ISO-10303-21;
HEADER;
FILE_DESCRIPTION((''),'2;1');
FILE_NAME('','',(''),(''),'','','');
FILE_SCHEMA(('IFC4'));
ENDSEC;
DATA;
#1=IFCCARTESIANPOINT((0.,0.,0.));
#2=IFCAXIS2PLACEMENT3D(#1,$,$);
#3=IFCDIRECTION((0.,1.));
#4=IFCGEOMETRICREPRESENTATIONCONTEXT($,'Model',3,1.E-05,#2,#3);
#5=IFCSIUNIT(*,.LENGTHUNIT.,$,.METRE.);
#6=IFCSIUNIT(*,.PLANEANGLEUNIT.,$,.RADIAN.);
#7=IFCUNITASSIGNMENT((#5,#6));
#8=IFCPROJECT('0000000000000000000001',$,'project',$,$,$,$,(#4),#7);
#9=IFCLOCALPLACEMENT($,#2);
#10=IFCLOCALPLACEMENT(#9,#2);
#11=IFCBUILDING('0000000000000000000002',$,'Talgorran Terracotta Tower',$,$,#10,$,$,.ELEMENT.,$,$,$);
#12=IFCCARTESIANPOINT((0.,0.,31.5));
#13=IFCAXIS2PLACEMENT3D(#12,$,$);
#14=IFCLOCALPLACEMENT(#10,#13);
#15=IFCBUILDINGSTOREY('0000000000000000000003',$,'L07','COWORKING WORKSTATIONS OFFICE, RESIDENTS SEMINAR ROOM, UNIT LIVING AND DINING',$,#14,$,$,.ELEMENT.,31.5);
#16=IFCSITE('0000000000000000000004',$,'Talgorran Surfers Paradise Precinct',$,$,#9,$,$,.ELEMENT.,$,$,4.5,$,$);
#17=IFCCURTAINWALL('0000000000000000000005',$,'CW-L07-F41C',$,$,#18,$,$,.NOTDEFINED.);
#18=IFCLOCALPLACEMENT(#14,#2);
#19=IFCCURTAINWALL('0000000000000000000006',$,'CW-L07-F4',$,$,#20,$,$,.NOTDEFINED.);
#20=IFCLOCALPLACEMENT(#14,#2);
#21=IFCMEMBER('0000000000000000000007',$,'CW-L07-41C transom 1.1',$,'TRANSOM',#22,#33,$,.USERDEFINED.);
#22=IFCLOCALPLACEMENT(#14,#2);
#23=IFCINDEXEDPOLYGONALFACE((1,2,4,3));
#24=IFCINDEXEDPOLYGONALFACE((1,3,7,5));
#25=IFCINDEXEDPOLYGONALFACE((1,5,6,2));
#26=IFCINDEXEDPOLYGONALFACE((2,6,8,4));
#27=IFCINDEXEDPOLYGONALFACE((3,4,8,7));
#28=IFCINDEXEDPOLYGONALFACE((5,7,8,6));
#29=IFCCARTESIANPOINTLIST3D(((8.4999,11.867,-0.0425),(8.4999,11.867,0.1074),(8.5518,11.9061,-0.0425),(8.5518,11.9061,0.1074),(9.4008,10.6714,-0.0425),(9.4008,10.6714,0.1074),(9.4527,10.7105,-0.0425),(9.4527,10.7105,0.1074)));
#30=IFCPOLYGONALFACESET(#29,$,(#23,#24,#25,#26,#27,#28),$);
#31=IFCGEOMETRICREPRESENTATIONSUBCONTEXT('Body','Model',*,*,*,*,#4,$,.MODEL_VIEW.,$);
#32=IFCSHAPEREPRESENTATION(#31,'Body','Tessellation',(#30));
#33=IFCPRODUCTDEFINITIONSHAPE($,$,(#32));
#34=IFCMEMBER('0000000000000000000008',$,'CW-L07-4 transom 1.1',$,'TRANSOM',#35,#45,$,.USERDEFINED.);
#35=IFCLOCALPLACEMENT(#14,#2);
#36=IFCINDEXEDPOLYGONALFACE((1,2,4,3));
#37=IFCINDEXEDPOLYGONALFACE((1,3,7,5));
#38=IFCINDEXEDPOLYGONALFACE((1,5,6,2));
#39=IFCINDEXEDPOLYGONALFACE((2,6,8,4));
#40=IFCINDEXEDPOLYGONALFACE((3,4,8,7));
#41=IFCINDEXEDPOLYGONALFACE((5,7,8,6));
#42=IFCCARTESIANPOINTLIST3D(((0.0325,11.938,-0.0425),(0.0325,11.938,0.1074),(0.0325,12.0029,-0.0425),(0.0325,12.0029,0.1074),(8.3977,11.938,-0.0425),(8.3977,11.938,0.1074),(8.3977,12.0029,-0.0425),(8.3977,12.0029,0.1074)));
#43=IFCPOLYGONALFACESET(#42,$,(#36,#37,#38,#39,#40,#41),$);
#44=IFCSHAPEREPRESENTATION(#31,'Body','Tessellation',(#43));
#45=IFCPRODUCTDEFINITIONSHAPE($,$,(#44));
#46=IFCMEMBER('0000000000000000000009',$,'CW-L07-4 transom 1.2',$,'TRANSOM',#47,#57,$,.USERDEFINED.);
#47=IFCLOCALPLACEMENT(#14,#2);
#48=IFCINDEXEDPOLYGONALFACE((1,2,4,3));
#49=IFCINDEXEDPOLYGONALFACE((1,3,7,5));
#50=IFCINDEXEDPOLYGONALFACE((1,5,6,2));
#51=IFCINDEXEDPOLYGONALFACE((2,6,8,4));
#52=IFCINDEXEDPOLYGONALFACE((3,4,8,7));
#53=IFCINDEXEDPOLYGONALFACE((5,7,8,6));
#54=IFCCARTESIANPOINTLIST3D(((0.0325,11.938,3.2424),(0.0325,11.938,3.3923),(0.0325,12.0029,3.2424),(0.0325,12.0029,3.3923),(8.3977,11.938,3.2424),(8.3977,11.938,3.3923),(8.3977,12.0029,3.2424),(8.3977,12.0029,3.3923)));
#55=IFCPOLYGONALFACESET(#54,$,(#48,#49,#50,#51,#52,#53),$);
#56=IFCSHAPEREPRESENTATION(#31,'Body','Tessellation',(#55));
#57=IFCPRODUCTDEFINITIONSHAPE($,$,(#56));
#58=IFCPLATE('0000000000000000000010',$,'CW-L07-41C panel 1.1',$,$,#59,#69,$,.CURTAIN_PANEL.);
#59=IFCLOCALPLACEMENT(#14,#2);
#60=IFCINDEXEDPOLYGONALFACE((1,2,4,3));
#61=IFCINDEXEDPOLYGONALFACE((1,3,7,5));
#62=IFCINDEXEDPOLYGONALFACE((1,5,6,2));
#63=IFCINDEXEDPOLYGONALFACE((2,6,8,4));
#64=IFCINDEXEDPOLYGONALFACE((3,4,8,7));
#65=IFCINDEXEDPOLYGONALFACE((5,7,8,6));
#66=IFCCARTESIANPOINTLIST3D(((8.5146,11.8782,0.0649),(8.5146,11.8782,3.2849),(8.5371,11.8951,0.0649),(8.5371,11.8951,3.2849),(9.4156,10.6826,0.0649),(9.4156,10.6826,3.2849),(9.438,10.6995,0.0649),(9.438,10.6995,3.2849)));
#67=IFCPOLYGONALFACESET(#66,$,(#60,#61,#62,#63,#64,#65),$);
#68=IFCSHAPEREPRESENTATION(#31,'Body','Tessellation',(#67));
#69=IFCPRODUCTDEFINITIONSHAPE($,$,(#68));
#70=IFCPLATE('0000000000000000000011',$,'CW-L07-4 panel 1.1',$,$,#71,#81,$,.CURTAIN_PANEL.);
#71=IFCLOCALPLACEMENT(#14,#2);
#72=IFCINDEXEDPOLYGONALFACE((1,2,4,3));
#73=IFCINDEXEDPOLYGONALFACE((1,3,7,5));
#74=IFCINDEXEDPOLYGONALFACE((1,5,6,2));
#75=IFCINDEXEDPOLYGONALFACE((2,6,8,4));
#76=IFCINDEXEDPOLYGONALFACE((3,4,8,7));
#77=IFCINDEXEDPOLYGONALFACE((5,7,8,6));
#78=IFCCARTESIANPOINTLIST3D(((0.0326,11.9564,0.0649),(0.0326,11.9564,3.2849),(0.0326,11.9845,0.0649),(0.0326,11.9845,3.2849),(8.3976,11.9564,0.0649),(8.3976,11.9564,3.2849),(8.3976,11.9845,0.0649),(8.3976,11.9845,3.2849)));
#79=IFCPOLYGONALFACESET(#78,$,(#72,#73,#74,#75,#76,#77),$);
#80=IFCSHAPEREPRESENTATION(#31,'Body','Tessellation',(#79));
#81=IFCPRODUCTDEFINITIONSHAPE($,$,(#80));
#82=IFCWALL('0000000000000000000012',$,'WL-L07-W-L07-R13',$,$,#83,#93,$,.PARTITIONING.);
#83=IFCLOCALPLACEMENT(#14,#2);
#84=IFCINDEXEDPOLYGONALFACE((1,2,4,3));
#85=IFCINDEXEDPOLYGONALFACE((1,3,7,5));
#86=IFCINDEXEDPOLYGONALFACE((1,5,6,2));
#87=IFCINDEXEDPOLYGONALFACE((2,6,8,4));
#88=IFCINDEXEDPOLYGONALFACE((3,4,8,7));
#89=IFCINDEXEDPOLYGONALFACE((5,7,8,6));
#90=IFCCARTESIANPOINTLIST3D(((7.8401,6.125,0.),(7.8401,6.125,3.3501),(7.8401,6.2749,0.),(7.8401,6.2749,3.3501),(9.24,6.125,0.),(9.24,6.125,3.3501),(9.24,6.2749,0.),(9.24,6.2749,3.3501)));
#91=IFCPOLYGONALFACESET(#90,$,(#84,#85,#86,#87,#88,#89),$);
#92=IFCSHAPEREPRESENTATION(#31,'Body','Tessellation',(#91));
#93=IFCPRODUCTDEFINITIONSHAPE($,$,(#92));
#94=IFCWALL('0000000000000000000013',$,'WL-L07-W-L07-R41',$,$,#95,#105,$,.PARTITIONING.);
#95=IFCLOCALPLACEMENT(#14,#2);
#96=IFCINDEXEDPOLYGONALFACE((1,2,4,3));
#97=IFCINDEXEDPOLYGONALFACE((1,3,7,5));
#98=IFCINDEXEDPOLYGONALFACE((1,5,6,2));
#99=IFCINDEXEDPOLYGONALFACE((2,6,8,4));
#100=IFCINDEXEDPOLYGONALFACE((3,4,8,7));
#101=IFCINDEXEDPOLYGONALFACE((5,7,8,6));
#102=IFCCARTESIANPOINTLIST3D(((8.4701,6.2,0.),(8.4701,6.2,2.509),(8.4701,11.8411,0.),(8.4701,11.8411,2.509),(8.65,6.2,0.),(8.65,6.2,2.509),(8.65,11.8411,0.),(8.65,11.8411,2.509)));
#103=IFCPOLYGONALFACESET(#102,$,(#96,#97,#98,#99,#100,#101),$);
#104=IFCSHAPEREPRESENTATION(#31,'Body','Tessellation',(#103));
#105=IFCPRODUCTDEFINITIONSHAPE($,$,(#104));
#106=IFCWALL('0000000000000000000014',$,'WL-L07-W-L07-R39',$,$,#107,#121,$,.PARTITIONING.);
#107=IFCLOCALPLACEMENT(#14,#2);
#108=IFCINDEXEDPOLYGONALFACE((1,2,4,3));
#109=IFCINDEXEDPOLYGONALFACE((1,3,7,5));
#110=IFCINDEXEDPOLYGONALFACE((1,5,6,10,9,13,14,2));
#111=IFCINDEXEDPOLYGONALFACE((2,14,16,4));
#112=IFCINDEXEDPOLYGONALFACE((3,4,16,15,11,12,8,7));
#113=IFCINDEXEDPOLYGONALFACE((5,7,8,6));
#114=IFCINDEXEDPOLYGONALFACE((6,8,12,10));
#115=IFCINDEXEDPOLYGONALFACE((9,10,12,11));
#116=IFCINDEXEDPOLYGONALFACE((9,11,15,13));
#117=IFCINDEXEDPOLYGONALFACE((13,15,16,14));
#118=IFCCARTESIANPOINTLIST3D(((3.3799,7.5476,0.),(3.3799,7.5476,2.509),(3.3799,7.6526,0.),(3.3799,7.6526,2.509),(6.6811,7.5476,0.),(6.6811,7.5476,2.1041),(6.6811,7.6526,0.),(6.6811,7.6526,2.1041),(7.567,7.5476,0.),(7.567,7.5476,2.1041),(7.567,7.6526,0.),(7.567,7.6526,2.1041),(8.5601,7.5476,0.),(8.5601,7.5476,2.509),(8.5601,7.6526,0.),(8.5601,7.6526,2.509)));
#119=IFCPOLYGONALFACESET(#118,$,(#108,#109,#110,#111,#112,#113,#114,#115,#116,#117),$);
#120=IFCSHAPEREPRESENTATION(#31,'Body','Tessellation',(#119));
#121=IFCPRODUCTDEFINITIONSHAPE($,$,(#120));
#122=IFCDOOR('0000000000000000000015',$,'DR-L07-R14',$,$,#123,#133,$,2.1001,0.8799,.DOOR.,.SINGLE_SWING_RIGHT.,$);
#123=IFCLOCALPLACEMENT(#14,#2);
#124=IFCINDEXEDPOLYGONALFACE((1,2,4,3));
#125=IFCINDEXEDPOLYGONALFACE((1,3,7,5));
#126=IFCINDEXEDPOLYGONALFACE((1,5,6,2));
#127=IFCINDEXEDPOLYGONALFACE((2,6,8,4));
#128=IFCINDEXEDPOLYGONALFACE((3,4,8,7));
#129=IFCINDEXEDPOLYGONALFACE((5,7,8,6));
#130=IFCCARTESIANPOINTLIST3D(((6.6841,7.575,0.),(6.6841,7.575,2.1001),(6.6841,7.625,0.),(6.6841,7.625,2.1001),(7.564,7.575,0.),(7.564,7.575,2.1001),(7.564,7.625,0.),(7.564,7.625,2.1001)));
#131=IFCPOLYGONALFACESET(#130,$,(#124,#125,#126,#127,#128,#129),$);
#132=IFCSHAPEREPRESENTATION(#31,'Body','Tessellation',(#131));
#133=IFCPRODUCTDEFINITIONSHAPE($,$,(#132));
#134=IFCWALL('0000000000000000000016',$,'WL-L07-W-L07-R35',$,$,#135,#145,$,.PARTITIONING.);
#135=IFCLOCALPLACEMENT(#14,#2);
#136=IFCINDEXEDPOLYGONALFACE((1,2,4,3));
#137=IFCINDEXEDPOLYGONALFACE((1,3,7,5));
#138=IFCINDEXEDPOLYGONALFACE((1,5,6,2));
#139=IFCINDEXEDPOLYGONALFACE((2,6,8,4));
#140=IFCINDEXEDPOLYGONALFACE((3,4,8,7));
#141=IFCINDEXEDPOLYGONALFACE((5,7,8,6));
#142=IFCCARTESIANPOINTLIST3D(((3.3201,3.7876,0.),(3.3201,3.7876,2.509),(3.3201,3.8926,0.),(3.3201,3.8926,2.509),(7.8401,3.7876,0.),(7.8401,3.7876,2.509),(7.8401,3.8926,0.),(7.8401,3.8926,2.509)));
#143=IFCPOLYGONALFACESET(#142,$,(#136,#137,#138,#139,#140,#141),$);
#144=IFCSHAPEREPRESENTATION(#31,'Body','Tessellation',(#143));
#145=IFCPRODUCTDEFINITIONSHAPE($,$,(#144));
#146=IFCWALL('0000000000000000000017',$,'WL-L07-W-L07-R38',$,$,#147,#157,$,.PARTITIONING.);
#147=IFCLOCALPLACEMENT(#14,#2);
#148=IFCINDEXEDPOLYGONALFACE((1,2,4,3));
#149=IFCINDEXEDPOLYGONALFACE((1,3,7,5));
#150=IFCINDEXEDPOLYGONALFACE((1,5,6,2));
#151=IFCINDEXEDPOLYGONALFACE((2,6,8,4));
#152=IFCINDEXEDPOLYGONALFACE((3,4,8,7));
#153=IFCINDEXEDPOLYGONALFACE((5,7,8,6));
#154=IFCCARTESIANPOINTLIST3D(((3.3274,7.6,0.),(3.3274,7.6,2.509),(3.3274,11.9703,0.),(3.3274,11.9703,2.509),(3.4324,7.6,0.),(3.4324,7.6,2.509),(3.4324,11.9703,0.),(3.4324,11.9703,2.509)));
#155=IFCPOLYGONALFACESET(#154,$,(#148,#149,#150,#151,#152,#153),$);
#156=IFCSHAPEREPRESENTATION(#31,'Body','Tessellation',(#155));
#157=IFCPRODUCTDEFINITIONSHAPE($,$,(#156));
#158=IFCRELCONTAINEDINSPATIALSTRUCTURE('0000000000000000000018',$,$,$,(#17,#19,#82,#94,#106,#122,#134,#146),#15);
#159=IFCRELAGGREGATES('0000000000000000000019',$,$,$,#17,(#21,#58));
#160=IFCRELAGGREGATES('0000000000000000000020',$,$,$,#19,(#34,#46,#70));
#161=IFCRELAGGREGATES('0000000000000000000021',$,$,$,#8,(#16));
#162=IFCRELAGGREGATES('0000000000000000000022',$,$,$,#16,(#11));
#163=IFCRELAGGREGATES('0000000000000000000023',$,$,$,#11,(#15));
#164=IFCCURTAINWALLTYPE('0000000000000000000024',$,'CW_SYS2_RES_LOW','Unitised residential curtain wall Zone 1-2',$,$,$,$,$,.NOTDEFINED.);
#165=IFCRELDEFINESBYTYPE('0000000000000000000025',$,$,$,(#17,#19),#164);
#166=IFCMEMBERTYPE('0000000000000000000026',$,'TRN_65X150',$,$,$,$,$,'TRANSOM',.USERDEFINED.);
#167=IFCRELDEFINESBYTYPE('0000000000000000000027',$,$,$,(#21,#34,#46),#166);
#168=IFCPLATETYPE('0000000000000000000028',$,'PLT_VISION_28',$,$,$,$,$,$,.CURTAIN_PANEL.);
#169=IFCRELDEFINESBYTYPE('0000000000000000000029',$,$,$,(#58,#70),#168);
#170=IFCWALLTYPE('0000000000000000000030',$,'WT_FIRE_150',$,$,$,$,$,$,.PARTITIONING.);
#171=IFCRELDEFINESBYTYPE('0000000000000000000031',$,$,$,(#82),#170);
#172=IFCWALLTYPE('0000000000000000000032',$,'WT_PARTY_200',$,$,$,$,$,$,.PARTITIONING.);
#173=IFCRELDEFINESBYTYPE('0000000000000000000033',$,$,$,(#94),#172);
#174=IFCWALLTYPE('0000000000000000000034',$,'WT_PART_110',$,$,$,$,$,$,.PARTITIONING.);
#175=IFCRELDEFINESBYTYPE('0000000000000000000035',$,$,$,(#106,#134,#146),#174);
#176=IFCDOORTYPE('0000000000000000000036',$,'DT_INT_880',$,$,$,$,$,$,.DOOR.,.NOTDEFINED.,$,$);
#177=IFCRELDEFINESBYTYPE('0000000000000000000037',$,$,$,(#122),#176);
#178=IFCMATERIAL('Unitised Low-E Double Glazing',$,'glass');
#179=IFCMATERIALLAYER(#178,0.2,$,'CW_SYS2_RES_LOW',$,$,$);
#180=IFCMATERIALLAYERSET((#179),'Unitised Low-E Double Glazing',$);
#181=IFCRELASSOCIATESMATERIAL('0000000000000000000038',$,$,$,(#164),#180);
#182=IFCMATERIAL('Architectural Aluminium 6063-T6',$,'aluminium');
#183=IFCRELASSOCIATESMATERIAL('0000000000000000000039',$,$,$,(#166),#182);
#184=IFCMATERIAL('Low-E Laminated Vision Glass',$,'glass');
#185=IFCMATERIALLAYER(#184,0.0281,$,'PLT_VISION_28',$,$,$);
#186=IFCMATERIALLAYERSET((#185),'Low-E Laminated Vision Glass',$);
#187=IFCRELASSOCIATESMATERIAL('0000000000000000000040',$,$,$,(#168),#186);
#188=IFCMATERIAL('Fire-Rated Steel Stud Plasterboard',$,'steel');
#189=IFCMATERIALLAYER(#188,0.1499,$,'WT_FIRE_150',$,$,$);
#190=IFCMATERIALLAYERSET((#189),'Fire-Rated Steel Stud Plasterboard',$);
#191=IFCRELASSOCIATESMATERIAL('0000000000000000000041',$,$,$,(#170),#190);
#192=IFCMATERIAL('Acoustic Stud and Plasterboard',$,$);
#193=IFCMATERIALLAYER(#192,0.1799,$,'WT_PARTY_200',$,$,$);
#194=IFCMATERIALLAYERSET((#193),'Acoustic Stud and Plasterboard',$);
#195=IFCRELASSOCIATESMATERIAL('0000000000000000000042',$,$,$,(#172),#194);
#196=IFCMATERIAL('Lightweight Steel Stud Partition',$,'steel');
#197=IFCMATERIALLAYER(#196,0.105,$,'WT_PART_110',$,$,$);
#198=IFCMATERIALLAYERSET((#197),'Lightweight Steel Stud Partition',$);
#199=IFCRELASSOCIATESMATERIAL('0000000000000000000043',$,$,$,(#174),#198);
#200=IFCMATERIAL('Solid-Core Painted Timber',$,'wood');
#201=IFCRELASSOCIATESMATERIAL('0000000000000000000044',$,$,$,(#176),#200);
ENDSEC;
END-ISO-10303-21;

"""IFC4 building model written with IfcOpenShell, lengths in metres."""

from ifc_helpers import new_model, si_unit, direction, frame, frame_2d, origin, origin_2d, place, context, subcontext, project, spatial, rectangle, extrude, source, transform, mapped, material, layer, layer_set, material_profile, profile_set, type_object, type_shapes, element, fill, aggregate, save


model = new_model("IFC4")

# Units and contexts
model_context = context("Model", 3, precision=1e-05, world=origin(), true_north=direction((0.0, 1.0)))
body_context = subcontext(model_context, "Body", "Model", "MODEL_VIEW")
ifc_project = project(units=[si_unit("LENGTHUNIT", "METRE"), si_unit("PLANEANGLEUNIT", "RADIAN")], contexts=[model_context])

# Site, building, storey
site_placement = place(None, origin())
site = spatial("IfcSite", under=ifc_project, at=site_placement, Name="Talgorran Surfers Paradise Precinct", CompositionType="ELEMENT", RefElevation=4.5)
building_placement = place(site_placement, origin())
building = spatial("IfcBuilding", under=site, at=building_placement, Name="Talgorran Terracotta Tower", CompositionType="ELEMENT")
storey_placement = place(building_placement, frame((0.0, 0.0, 31.5)))
storey = spatial("IfcBuildingStorey", under=building, at=storey_placement, Name="L07", Description="COWORKING WORKSTATIONS OFFICE, RESIDENTS SEMINAR ROOM, UNIT LIVING AND DINING", CompositionType="ELEMENT", Elevation=31.5)

# Curtain wall
ifc_material_1 = material(Name="Unitised Low-E Double Glazing", Category="glass")
ifc_layer_1 = layer(ifc_material_1, 0.2, Name="CW_SYS2_RES_LOW")
ifc_layer_set_1 = layer_set([ifc_layer_1], Name="Unitised Low-E Double Glazing")
curtain_wall_type = type_object("IfcCurtainWallType", Name="CW_SYS2_RES_LOW", Description="Unitised residential curtain wall Zone 1-2", PredefinedType="NOTDEFINED", material=ifc_layer_set_1)
curtain_wall_1_placement = place(storey_placement, origin())
curtain_wall_1 = element("IfcCurtainWall", 1, at=curtain_wall_1_placement, inside=storey, type_object=curtain_wall_type, Name="CW-L07-F41C", PredefinedType="NOTDEFINED")
ifc_material_2 = material(Name="Architectural Aluminium 6063-T6", Category="aluminium")

# Curtain wall
curtain_wall_2_placement = place(storey_placement, origin())
curtain_wall_2 = element("IfcCurtainWall", 2, at=curtain_wall_2_placement, inside=storey, type_object=curtain_wall_type, Name="CW-L07-F4", PredefinedType="NOTDEFINED")

# Members
ifc_material_profile_1 = material_profile(ifc_material_2, rectangle(XDim=0.0649, YDim=0.1499, at=origin_2d()), Name="CWT65X150")
ifc_profile_set_1 = profile_set([ifc_material_profile_1], Name="Architectural Aluminium 6063-T6")
member_type_1 = type_object("IfcMemberType", Name="TRN_65X150", ElementType="TRANSOM", PredefinedType="USERDEFINED", material=ifc_profile_set_1)
member_1_placement = place(storey_placement, frame((9.4268, 10.6909, 0.0325), z_axis=(-0.601799, 0.798648, 0.0), x_axis=(-0.798648, -0.601799, 0.0)))
member_1 = element("IfcMember", 3, at=member_1_placement, type_object=member_type_1, Name="CW-L07-41C transom 1.1", ObjectType="TRANSOM", PredefinedType="USERDEFINED", context=body_context, shape_type="SweptSolid", body=[
    extrude(rectangle(XDim=0.0649, YDim=0.1499, at=origin_2d()), origin(), (0.0, 0.0, 1.0), 1.4971),
])
member_2_placement = place(storey_placement, frame((8.3977, 11.9705, 0.0325), z_axis=(-1.0, 0.0, 0.0), x_axis=(0.0, -1.0, 0.0)))
member_2 = element("IfcMember", 4, at=member_2_placement, type_object=member_type_1, Name="CW-L07-4 transom 1.1", ObjectType="TRANSOM", PredefinedType="USERDEFINED", context=body_context, shape_type="SweptSolid", body=[
    extrude(rectangle(XDim=0.0649, YDim=0.1499, at=origin_2d()), origin(), (0.0, 0.0, 1.0), 8.3652),
])
member_3_placement = place(storey_placement, frame((8.3977, 11.9705, 3.3174), z_axis=(-1.0, 0.0, 0.0), x_axis=(0.0, -1.0, 0.0)))
member_3 = element("IfcMember", 5, at=member_3_placement, type_object=member_type_1, Name="CW-L07-4 transom 1.2", ObjectType="TRANSOM", PredefinedType="USERDEFINED", context=body_context, shape_type="SweptSolid", body=[
    extrude(rectangle(XDim=0.0649, YDim=0.1499, at=origin_2d()), origin(), (0.0, 0.0, 1.0), 8.3652),
])

# Plates
ifc_material_3 = material(Name="Low-E Laminated Vision Glass", Category="glass")
ifc_layer_2 = layer(ifc_material_3, 0.0281, Name="PLT_VISION_28")
ifc_layer_set_2 = layer_set([ifc_layer_2], Name="Low-E Laminated Vision Glass")
plate_type = type_object("IfcPlateType", Name="PLT_VISION_28", PredefinedType="CURTAIN_PANEL", material=ifc_layer_set_2)
shared_shape_1 = source(origin(), body_context, "Body", "SweptSolid", [
    extrude(rectangle(XDim=1.4971, YDim=0.0281, at=origin_2d()), origin(), (0.0, 0.0, 1.0), 3.22),
])
plate_1_placement = place(storey_placement, frame((8.9763, 11.2888, 0.0649), z_axis=(0.0, 0.0, 1.0), x_axis=(-0.601798, 0.798648, 0.0)))
plate_1 = element("IfcPlate", 6, at=plate_1_placement, type_object=plate_type, Name="CW-L07-41C panel 1.1", PredefinedType="CURTAIN_PANEL", context=body_context, shape_type="MappedRepresentation", body=[
    mapped(shared_shape_1, transform((0.0, 0.0, 0.0), scale=1.0)),
])
aggregate(curtain_wall_1, [member_1, plate_1])
shared_shape_2 = source(origin(), body_context, "Body", "SweptSolid", [
    extrude(rectangle(XDim=8.365, YDim=0.0281, at=origin_2d()), origin(), (0.0, 0.0, 1.0), 3.22),
])
type_shapes(plate_type, [shared_shape_1, shared_shape_2])
plate_2_placement = place(storey_placement, frame((4.2151, 11.9705, 0.0649), z_axis=(0.0, 0.0, 1.0), x_axis=(-1.0, 0.0, 0.0)))
plate_2 = element("IfcPlate", 7, at=plate_2_placement, type_object=plate_type, Name="CW-L07-4 panel 1.1", PredefinedType="CURTAIN_PANEL", context=body_context, shape_type="MappedRepresentation", body=[
    mapped(shared_shape_2, transform((0.0, 0.0, 0.0), scale=1.0)),
])
aggregate(curtain_wall_2, [member_2, member_3, plate_2])

# Walls
ifc_material_4 = material(Name="Fire-Rated Steel Stud Plasterboard", Category="steel")
ifc_layer_3 = layer(ifc_material_4, 0.1499, Name="WT_FIRE_150")
ifc_layer_set_3 = layer_set([ifc_layer_3], Name="Fire-Rated Steel Stud Plasterboard")
wall_type_1 = type_object("IfcWallType", Name="WT_FIRE_150", PredefinedType="PARTITIONING", material=ifc_layer_set_3)
wall_1_placement = place(storey_placement, frame((7.8401, 6.2, 0.0), z_axis=(0.0, 0.0, 1.0), x_axis=(1.0, 0.0, 0.0)))
element("IfcWall", 8, at=wall_1_placement, inside=storey, type_object=wall_type_1, Name="WL-L07-W-L07-R13", PredefinedType="PARTITIONING", context=body_context, shape_type="SweptSolid", body=[
    extrude(rectangle(XDim=1.3999, YDim=0.1499, at=frame_2d((0.7, 0.0))), origin(), (0.0, 0.0, 1.0), 3.3501),
])
ifc_material_5 = material(Name="Acoustic Stud and Plasterboard")
ifc_layer_4 = layer(ifc_material_5, 0.1799, Name="WT_PARTY_200")
ifc_layer_set_4 = layer_set([ifc_layer_4], Name="Acoustic Stud and Plasterboard")
wall_type_2 = type_object("IfcWallType", Name="WT_PARTY_200", PredefinedType="PARTITIONING", material=ifc_layer_set_4)
wall_2_placement = place(storey_placement, frame((8.5601, 6.2, 0.0), z_axis=(0.0, 0.0, 1.0), x_axis=(0.0, 1.0, 0.0)))
element("IfcWall", 9, at=wall_2_placement, inside=storey, type_object=wall_type_2, Name="WL-L07-W-L07-R41", PredefinedType="PARTITIONING", context=body_context, shape_type="SweptSolid", body=[
    extrude(rectangle(XDim=5.6411, YDim=0.1799, at=frame_2d((2.8206, 0.0))), origin(), (0.0, 0.0, 1.0), 2.509),
])

# Wall, opening, door
ifc_material_6 = material(Name="Lightweight Steel Stud Partition", Category="steel")
ifc_layer_5 = layer(ifc_material_6, 0.105, Name="WT_PART_110")
ifc_layer_set_5 = layer_set([ifc_layer_5], Name="Lightweight Steel Stud Partition")
wall_type_3 = type_object("IfcWallType", Name="WT_PART_110", PredefinedType="PARTITIONING", material=ifc_layer_set_5)
wall_3_placement = place(storey_placement, frame((3.3799, 7.6001, 0.0), z_axis=(0.0, 0.0, 1.0), x_axis=(1.0, 0.0, 0.0)))
wall_3 = element("IfcWall", 10, at=wall_3_placement, inside=storey, type_object=wall_type_3, Name="WL-L07-W-L07-R39", PredefinedType="PARTITIONING", context=body_context, shape_type="SweptSolid", body=[
    extrude(rectangle(XDim=5.1802, YDim=0.105, at=frame_2d((2.5901, 0.0))), origin(), (0.0, 0.0, 1.0), 2.509),
])
opening_1_placement = place(wall_3_placement, frame((3.3042, 0.0, 0.0)))
opening_1 = element("IfcOpeningElement", 11, at=opening_1_placement, cuts=wall_3, PredefinedType="OPENING", context=body_context, shape_type="SweptSolid", body=[
    extrude(rectangle(XDim=0.8859, YDim=2.1041, at=frame_2d((0.4399, 1.052))), frame((0.0, 0.0625, 0.0), z_axis=(0.0, -1.0, 0.0), x_axis=(1.0, 0.0, 0.0)), (0.0, 0.0, 1.0), 0.125),
])
ifc_material_7 = material(Name="Solid-Core Painted Timber", Category="wood")
door_type = type_object("IfcDoorType", Name="DT_INT_880", OperationType="NOTDEFINED", PredefinedType="DOOR", material=ifc_material_7)
door_1_placement = place(opening_1_placement, origin())
door_1 = element("IfcDoor", 12, at=door_1_placement, inside=storey, type_object=door_type, Name="DR-L07-R14", OperationType="SINGLE_SWING_RIGHT", OverallHeight=2.1001, OverallWidth=0.8799, PredefinedType="DOOR", context=body_context, shape_type="SweptSolid", body=[
    extrude(rectangle(XDim=0.8799, YDim=2.1001, at=frame_2d((0.4399, 1.05))), frame((0.0, 0.0249, 0.0), z_axis=(0.0, -1.0, 0.0), x_axis=(1.0, 0.0, 0.0)), (0.0, 0.0, 1.0), 0.05),
])
fill(opening_1, door_1)

# Walls
wall_4_placement = place(storey_placement, frame((3.3201, 3.8401, 0.0), z_axis=(0.0, 0.0, 1.0), x_axis=(1.0, 0.0, 0.0)))
element("IfcWall", 13, at=wall_4_placement, inside=storey, type_object=wall_type_3, Name="WL-L07-W-L07-R35", PredefinedType="PARTITIONING", context=body_context, shape_type="SweptSolid", body=[
    extrude(rectangle(XDim=4.52, YDim=0.105, at=frame_2d((2.26, 0.0))), origin(), (0.0, 0.0, 1.0), 2.509),
])
wall_5_placement = place(storey_placement, frame((3.3799, 7.6001, 0.0), z_axis=(0.0, 0.0, 1.0), x_axis=(0.0, 1.0, 0.0)))
element("IfcWall", 14, at=wall_5_placement, inside=storey, type_object=wall_type_3, Name="WL-L07-W-L07-R38", PredefinedType="PARTITIONING", context=body_context, shape_type="SweptSolid", body=[
    extrude(rectangle(XDim=4.3704, YDim=0.105, at=frame_2d((2.1851, 0.0))), origin(), (0.0, 0.0, 1.0), 2.509),
])

save(model, "model.ifc")
